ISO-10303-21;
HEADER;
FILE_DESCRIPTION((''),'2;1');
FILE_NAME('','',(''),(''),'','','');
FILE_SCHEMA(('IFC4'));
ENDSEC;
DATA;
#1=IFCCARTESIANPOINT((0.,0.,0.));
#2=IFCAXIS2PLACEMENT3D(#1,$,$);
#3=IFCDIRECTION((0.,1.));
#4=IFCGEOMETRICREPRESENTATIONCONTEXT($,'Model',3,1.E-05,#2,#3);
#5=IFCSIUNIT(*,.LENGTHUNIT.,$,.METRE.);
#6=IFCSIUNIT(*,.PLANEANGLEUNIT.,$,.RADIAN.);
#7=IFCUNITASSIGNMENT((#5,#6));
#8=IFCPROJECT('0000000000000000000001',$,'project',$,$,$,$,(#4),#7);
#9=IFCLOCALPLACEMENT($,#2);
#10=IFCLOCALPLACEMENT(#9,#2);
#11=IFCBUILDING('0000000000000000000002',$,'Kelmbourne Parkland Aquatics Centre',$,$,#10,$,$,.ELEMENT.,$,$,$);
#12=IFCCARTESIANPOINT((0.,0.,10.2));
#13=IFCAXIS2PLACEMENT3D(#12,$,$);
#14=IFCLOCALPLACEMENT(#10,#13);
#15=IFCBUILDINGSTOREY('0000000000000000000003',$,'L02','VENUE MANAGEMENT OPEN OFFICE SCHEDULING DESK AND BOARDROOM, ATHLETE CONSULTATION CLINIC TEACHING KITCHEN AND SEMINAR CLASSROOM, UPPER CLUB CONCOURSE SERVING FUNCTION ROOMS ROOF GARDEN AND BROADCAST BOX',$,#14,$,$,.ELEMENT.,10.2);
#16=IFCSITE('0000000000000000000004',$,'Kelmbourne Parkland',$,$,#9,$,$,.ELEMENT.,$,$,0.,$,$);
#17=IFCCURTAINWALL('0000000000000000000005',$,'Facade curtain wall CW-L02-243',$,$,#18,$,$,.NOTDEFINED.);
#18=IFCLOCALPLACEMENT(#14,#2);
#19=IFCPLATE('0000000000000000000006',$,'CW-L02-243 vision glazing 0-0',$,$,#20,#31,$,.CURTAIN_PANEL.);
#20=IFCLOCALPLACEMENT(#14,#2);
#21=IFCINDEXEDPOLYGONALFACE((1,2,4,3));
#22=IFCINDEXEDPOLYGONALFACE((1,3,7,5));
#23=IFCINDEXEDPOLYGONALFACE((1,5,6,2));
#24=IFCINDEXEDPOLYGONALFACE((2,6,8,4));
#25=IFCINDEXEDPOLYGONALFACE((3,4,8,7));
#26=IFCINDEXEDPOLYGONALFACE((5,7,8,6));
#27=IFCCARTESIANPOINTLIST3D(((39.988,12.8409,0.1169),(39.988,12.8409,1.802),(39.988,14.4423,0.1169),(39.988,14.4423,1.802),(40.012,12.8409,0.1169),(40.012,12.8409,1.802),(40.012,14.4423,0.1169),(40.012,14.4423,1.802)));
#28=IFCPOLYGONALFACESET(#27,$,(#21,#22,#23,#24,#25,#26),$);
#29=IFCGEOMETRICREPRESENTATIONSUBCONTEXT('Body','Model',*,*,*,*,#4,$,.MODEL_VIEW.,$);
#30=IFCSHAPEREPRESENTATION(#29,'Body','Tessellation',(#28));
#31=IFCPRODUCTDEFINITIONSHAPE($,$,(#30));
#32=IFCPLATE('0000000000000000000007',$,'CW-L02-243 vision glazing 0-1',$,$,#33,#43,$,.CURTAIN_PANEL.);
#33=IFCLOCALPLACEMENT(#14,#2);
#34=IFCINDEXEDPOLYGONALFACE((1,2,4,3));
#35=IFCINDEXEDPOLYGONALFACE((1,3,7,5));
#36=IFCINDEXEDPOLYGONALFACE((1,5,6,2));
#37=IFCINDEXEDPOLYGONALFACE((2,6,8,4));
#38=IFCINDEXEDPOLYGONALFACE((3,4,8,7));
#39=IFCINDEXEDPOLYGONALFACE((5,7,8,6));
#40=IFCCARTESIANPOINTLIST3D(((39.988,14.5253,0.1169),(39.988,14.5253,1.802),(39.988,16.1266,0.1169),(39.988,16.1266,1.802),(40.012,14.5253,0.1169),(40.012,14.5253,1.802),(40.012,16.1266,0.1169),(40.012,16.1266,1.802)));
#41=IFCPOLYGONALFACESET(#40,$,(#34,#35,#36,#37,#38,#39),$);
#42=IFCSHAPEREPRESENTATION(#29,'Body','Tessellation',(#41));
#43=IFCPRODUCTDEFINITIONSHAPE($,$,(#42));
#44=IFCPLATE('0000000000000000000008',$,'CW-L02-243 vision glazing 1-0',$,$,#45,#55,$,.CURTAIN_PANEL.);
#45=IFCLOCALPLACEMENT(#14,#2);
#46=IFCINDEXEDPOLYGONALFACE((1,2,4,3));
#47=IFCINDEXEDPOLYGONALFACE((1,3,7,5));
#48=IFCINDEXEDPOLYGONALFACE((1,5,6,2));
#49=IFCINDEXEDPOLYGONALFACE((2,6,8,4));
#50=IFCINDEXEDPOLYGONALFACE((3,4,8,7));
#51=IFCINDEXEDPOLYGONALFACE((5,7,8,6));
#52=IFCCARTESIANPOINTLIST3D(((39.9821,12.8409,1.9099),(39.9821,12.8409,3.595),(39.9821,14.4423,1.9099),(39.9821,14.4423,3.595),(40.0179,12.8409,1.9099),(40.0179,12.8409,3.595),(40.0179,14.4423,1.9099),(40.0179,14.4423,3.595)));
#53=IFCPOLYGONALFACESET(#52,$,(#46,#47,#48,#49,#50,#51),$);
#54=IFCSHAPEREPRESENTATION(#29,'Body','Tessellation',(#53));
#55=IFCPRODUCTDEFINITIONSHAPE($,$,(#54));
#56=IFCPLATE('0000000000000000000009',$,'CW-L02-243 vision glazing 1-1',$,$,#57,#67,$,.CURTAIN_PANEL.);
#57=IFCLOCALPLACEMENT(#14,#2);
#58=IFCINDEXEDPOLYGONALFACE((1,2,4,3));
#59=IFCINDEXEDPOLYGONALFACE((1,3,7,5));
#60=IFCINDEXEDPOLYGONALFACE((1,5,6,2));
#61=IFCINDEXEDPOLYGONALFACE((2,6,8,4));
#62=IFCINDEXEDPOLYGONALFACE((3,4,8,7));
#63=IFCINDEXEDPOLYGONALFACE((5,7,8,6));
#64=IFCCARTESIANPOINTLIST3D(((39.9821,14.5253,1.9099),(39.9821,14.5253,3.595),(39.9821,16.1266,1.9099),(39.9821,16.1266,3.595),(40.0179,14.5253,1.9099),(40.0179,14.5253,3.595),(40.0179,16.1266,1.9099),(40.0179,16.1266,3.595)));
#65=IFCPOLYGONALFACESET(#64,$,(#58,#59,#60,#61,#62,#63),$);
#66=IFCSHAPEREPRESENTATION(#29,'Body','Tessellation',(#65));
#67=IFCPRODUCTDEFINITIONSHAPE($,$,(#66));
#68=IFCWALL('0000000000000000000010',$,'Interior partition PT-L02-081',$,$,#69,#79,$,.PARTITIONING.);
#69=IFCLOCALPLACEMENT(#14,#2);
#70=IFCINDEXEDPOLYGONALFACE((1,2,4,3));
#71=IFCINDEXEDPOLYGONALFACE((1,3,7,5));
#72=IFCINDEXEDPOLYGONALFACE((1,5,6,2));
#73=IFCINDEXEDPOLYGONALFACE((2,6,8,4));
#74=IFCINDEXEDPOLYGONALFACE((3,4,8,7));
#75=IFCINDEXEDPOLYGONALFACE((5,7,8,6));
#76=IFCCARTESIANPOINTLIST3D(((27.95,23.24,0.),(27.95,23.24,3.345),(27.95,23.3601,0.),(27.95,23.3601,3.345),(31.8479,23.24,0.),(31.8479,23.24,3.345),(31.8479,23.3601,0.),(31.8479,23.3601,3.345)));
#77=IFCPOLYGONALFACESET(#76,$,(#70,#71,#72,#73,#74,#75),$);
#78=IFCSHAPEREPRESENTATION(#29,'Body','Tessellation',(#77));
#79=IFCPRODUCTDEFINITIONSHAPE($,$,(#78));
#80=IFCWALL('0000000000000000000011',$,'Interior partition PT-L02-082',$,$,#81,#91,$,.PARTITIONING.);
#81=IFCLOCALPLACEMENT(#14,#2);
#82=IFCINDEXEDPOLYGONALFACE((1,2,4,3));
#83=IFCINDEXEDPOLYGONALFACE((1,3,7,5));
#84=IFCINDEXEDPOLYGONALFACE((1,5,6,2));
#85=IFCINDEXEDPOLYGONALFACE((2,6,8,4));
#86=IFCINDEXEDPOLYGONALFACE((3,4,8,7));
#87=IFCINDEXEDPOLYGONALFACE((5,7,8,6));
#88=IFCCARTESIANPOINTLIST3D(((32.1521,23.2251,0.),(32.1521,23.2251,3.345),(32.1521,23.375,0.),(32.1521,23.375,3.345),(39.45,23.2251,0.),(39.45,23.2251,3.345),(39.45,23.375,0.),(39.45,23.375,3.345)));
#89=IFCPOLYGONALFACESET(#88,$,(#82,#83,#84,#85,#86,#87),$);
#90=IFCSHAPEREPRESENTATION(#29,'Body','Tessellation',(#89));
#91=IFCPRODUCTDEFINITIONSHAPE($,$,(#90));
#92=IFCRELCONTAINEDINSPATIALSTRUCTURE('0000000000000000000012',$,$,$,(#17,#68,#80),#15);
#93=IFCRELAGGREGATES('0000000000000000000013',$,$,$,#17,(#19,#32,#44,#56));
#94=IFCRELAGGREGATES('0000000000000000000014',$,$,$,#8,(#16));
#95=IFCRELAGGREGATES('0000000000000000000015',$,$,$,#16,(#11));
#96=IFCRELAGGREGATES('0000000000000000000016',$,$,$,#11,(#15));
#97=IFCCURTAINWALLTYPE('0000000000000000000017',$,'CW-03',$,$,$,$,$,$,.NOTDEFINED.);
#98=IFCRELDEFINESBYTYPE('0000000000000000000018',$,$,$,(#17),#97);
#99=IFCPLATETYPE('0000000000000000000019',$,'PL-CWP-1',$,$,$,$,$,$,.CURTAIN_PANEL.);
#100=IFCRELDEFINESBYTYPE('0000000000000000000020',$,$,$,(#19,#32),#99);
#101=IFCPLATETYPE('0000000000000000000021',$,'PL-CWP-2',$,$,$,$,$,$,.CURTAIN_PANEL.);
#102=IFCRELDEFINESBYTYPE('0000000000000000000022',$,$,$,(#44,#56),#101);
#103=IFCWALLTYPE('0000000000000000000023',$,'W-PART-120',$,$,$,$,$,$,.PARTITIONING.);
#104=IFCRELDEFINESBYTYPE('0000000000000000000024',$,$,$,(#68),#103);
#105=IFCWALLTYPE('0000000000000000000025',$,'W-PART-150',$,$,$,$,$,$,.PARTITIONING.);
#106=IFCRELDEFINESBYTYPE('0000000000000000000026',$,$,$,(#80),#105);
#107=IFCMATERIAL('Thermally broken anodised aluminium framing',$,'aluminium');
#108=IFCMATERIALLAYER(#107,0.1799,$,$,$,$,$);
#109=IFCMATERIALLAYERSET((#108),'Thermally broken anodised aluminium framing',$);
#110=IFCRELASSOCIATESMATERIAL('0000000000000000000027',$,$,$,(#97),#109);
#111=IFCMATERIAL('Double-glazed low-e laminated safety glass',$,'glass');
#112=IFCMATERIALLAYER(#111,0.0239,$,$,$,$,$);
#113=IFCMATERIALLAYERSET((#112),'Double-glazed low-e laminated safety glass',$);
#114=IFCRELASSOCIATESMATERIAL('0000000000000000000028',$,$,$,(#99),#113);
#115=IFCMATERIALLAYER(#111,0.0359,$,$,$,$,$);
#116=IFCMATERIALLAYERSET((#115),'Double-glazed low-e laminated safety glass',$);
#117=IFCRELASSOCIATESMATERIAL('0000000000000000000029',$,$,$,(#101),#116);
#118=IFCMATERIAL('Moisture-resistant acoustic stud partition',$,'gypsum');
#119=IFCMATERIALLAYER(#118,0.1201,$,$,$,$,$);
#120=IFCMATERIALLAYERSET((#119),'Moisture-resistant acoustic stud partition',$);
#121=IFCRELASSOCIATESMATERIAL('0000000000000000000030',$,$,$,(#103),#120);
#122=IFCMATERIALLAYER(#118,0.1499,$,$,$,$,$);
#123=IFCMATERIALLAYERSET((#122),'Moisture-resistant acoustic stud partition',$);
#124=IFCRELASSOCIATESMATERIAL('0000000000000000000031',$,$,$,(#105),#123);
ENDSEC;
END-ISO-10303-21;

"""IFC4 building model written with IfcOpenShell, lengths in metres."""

from ifc_helpers import new_model, si_unit, direction, frame, frame_2d, origin, origin_2d, place, context, subcontext, project, spatial, rectangle, extrude, material, layer, layer_set, type_object, element, aggregate, save


model = new_model("IFC4")

# Units and contexts
model_context = context("Model", 3, precision=1e-05, world=origin(), true_north=direction((0.0, 1.0)))
body_context = subcontext(model_context, "Body", "Model", "MODEL_VIEW")
ifc_project = project(units=[si_unit("LENGTHUNIT", "METRE"), si_unit("PLANEANGLEUNIT", "RADIAN")], contexts=[model_context])

# Site, building, storey
site_placement = place(None, origin())
site = spatial("IfcSite", under=ifc_project, at=site_placement, Name="Kelmbourne Parkland", CompositionType="ELEMENT", RefElevation=0.0)
building_placement = place(site_placement, origin())
building = spatial("IfcBuilding", under=site, at=building_placement, Name="Kelmbourne Parkland Aquatics Centre", CompositionType="ELEMENT")
storey_placement = place(building_placement, frame((0.0, 0.0, 10.2)))
storey = spatial("IfcBuildingStorey", under=building, at=storey_placement, Name="L02", Description="VENUE MANAGEMENT OPEN OFFICE SCHEDULING DESK AND BOARDROOM, ATHLETE CONSULTATION CLINIC TEACHING KITCHEN AND SEMINAR CLASSROOM, UPPER CLUB CONCOURSE SERVING FUNCTION ROOMS ROOF GARDEN AND BROADCAST BOX", CompositionType="ELEMENT", Elevation=10.2)

# Curtain wall, plates
ifc_material_1 = material(Name="Thermally broken anodised aluminium framing", Category="aluminium")
ifc_layer_1 = layer(ifc_material_1, 0.1799)
ifc_layer_set_1 = layer_set([ifc_layer_1], Name="Thermally broken anodised aluminium framing")
curtain_wall_type = type_object("IfcCurtainWallType", Name="CW-03", PredefinedType="NOTDEFINED", material=ifc_layer_set_1)
curtain_wall_placement = place(storey_placement, origin())
curtain_wall = element("IfcCurtainWall", 1, at=curtain_wall_placement, inside=storey, type_object=curtain_wall_type, Name="Facade curtain wall CW-L02-243", PredefinedType="NOTDEFINED")
ifc_material_2 = material(Name="Double-glazed low-e laminated safety glass", Category="glass")
ifc_layer_2 = layer(ifc_material_2, 0.0239)
ifc_layer_set_2 = layer_set([ifc_layer_2], Name="Double-glazed low-e laminated safety glass")
plate_type_1 = type_object("IfcPlateType", Name="PL-CWP-1", PredefinedType="CURTAIN_PANEL", material=ifc_layer_set_2)
plate_1_placement = place(storey_placement, frame((40.0, 13.6416, 0.1169), z_axis=(0.0, 0.0, 1.0), x_axis=(0.0, 1.0, 0.0)))
plate_1 = element("IfcPlate", 2, at=plate_1_placement, type_object=plate_type_1, Name="CW-L02-243 vision glazing 0-0", PredefinedType="CURTAIN_PANEL", context=body_context, shape_type="SweptSolid", body=[
    extrude(rectangle(XDim=1.6013, YDim=0.0239, at=origin_2d()), origin(), (0.0, 0.0, 1.0), 1.6851),
])
plate_2_placement = place(storey_placement, frame((40.0, 15.3259, 0.1169), z_axis=(0.0, 0.0, 1.0), x_axis=(0.0, 1.0, 0.0)))
plate_2 = element("IfcPlate", 3, at=plate_2_placement, type_object=plate_type_1, Name="CW-L02-243 vision glazing 0-1", PredefinedType="CURTAIN_PANEL", context=body_context, shape_type="SweptSolid", body=[
    extrude(rectangle(XDim=1.6013, YDim=0.0239, at=origin_2d()), origin(), (0.0, 0.0, 1.0), 1.6851),
])
ifc_layer_3 = layer(ifc_material_2, 0.0359)
ifc_layer_set_3 = layer_set([ifc_layer_3], Name="Double-glazed low-e laminated safety glass")
plate_type_2 = type_object("IfcPlateType", Name="PL-CWP-2", PredefinedType="CURTAIN_PANEL", material=ifc_layer_set_3)
plate_3_placement = place(storey_placement, frame((40.0, 13.6416, 1.9099), z_axis=(0.0, 0.0, 1.0), x_axis=(0.0, 1.0, 0.0)))
plate_3 = element("IfcPlate", 4, at=plate_3_placement, type_object=plate_type_2, Name="CW-L02-243 vision glazing 1-0", PredefinedType="CURTAIN_PANEL", context=body_context, shape_type="SweptSolid", body=[
    extrude(rectangle(XDim=1.6013, YDim=0.0359, at=origin_2d()), origin(), (0.0, 0.0, 1.0), 1.6851),
])
plate_4_placement = place(storey_placement, frame((40.0, 15.3259, 1.9099), z_axis=(0.0, 0.0, 1.0), x_axis=(0.0, 1.0, 0.0)))
plate_4 = element("IfcPlate", 5, at=plate_4_placement, type_object=plate_type_2, Name="CW-L02-243 vision glazing 1-1", PredefinedType="CURTAIN_PANEL", context=body_context, shape_type="SweptSolid", body=[
    extrude(rectangle(XDim=1.6013, YDim=0.0359, at=origin_2d()), origin(), (0.0, 0.0, 1.0), 1.6851),
])
aggregate(curtain_wall, [plate_1, plate_2, plate_3, plate_4])

# Walls
ifc_material_3 = material(Name="Moisture-resistant acoustic stud partition", Category="gypsum")
ifc_layer_4 = layer(ifc_material_3, 0.1201)
ifc_layer_set_4 = layer_set([ifc_layer_4], Name="Moisture-resistant acoustic stud partition")
wall_type_1 = type_object("IfcWallType", Name="W-PART-120", PredefinedType="PARTITIONING", material=ifc_layer_set_4)
wall_1_placement = place(storey_placement, frame((27.95, 23.3, 0.0), z_axis=(0.0, 0.0, 1.0), x_axis=(1.0, 0.0, 0.0)))
element("IfcWall", 6, at=wall_1_placement, inside=storey, type_object=wall_type_1, Name="Interior partition PT-L02-081", PredefinedType="PARTITIONING", context=body_context, shape_type="SweptSolid", body=[
    extrude(rectangle(XDim=3.8979, YDim=0.1201, at=frame_2d((1.949, 0.0))), origin(), (0.0, 0.0, 1.0), 3.345),
])
ifc_layer_5 = layer(ifc_material_3, 0.1499)
ifc_layer_set_5 = layer_set([ifc_layer_5], Name="Moisture-resistant acoustic stud partition")
wall_type_2 = type_object("IfcWallType", Name="W-PART-150", PredefinedType="PARTITIONING", material=ifc_layer_set_5)
wall_2_placement = place(storey_placement, frame((32.1521, 23.3, 0.0), z_axis=(0.0, 0.0, 1.0), x_axis=(1.0, 0.0, 0.0)))
element("IfcWall", 7, at=wall_2_placement, inside=storey, type_object=wall_type_2, Name="Interior partition PT-L02-082", PredefinedType="PARTITIONING", context=body_context, shape_type="SweptSolid", body=[
    extrude(rectangle(XDim=7.2979, YDim=0.1499, at=frame_2d((3.6489, 0.0))), origin(), (0.0, 0.0, 1.0), 3.345),
])

save(model, "model.ifc")
